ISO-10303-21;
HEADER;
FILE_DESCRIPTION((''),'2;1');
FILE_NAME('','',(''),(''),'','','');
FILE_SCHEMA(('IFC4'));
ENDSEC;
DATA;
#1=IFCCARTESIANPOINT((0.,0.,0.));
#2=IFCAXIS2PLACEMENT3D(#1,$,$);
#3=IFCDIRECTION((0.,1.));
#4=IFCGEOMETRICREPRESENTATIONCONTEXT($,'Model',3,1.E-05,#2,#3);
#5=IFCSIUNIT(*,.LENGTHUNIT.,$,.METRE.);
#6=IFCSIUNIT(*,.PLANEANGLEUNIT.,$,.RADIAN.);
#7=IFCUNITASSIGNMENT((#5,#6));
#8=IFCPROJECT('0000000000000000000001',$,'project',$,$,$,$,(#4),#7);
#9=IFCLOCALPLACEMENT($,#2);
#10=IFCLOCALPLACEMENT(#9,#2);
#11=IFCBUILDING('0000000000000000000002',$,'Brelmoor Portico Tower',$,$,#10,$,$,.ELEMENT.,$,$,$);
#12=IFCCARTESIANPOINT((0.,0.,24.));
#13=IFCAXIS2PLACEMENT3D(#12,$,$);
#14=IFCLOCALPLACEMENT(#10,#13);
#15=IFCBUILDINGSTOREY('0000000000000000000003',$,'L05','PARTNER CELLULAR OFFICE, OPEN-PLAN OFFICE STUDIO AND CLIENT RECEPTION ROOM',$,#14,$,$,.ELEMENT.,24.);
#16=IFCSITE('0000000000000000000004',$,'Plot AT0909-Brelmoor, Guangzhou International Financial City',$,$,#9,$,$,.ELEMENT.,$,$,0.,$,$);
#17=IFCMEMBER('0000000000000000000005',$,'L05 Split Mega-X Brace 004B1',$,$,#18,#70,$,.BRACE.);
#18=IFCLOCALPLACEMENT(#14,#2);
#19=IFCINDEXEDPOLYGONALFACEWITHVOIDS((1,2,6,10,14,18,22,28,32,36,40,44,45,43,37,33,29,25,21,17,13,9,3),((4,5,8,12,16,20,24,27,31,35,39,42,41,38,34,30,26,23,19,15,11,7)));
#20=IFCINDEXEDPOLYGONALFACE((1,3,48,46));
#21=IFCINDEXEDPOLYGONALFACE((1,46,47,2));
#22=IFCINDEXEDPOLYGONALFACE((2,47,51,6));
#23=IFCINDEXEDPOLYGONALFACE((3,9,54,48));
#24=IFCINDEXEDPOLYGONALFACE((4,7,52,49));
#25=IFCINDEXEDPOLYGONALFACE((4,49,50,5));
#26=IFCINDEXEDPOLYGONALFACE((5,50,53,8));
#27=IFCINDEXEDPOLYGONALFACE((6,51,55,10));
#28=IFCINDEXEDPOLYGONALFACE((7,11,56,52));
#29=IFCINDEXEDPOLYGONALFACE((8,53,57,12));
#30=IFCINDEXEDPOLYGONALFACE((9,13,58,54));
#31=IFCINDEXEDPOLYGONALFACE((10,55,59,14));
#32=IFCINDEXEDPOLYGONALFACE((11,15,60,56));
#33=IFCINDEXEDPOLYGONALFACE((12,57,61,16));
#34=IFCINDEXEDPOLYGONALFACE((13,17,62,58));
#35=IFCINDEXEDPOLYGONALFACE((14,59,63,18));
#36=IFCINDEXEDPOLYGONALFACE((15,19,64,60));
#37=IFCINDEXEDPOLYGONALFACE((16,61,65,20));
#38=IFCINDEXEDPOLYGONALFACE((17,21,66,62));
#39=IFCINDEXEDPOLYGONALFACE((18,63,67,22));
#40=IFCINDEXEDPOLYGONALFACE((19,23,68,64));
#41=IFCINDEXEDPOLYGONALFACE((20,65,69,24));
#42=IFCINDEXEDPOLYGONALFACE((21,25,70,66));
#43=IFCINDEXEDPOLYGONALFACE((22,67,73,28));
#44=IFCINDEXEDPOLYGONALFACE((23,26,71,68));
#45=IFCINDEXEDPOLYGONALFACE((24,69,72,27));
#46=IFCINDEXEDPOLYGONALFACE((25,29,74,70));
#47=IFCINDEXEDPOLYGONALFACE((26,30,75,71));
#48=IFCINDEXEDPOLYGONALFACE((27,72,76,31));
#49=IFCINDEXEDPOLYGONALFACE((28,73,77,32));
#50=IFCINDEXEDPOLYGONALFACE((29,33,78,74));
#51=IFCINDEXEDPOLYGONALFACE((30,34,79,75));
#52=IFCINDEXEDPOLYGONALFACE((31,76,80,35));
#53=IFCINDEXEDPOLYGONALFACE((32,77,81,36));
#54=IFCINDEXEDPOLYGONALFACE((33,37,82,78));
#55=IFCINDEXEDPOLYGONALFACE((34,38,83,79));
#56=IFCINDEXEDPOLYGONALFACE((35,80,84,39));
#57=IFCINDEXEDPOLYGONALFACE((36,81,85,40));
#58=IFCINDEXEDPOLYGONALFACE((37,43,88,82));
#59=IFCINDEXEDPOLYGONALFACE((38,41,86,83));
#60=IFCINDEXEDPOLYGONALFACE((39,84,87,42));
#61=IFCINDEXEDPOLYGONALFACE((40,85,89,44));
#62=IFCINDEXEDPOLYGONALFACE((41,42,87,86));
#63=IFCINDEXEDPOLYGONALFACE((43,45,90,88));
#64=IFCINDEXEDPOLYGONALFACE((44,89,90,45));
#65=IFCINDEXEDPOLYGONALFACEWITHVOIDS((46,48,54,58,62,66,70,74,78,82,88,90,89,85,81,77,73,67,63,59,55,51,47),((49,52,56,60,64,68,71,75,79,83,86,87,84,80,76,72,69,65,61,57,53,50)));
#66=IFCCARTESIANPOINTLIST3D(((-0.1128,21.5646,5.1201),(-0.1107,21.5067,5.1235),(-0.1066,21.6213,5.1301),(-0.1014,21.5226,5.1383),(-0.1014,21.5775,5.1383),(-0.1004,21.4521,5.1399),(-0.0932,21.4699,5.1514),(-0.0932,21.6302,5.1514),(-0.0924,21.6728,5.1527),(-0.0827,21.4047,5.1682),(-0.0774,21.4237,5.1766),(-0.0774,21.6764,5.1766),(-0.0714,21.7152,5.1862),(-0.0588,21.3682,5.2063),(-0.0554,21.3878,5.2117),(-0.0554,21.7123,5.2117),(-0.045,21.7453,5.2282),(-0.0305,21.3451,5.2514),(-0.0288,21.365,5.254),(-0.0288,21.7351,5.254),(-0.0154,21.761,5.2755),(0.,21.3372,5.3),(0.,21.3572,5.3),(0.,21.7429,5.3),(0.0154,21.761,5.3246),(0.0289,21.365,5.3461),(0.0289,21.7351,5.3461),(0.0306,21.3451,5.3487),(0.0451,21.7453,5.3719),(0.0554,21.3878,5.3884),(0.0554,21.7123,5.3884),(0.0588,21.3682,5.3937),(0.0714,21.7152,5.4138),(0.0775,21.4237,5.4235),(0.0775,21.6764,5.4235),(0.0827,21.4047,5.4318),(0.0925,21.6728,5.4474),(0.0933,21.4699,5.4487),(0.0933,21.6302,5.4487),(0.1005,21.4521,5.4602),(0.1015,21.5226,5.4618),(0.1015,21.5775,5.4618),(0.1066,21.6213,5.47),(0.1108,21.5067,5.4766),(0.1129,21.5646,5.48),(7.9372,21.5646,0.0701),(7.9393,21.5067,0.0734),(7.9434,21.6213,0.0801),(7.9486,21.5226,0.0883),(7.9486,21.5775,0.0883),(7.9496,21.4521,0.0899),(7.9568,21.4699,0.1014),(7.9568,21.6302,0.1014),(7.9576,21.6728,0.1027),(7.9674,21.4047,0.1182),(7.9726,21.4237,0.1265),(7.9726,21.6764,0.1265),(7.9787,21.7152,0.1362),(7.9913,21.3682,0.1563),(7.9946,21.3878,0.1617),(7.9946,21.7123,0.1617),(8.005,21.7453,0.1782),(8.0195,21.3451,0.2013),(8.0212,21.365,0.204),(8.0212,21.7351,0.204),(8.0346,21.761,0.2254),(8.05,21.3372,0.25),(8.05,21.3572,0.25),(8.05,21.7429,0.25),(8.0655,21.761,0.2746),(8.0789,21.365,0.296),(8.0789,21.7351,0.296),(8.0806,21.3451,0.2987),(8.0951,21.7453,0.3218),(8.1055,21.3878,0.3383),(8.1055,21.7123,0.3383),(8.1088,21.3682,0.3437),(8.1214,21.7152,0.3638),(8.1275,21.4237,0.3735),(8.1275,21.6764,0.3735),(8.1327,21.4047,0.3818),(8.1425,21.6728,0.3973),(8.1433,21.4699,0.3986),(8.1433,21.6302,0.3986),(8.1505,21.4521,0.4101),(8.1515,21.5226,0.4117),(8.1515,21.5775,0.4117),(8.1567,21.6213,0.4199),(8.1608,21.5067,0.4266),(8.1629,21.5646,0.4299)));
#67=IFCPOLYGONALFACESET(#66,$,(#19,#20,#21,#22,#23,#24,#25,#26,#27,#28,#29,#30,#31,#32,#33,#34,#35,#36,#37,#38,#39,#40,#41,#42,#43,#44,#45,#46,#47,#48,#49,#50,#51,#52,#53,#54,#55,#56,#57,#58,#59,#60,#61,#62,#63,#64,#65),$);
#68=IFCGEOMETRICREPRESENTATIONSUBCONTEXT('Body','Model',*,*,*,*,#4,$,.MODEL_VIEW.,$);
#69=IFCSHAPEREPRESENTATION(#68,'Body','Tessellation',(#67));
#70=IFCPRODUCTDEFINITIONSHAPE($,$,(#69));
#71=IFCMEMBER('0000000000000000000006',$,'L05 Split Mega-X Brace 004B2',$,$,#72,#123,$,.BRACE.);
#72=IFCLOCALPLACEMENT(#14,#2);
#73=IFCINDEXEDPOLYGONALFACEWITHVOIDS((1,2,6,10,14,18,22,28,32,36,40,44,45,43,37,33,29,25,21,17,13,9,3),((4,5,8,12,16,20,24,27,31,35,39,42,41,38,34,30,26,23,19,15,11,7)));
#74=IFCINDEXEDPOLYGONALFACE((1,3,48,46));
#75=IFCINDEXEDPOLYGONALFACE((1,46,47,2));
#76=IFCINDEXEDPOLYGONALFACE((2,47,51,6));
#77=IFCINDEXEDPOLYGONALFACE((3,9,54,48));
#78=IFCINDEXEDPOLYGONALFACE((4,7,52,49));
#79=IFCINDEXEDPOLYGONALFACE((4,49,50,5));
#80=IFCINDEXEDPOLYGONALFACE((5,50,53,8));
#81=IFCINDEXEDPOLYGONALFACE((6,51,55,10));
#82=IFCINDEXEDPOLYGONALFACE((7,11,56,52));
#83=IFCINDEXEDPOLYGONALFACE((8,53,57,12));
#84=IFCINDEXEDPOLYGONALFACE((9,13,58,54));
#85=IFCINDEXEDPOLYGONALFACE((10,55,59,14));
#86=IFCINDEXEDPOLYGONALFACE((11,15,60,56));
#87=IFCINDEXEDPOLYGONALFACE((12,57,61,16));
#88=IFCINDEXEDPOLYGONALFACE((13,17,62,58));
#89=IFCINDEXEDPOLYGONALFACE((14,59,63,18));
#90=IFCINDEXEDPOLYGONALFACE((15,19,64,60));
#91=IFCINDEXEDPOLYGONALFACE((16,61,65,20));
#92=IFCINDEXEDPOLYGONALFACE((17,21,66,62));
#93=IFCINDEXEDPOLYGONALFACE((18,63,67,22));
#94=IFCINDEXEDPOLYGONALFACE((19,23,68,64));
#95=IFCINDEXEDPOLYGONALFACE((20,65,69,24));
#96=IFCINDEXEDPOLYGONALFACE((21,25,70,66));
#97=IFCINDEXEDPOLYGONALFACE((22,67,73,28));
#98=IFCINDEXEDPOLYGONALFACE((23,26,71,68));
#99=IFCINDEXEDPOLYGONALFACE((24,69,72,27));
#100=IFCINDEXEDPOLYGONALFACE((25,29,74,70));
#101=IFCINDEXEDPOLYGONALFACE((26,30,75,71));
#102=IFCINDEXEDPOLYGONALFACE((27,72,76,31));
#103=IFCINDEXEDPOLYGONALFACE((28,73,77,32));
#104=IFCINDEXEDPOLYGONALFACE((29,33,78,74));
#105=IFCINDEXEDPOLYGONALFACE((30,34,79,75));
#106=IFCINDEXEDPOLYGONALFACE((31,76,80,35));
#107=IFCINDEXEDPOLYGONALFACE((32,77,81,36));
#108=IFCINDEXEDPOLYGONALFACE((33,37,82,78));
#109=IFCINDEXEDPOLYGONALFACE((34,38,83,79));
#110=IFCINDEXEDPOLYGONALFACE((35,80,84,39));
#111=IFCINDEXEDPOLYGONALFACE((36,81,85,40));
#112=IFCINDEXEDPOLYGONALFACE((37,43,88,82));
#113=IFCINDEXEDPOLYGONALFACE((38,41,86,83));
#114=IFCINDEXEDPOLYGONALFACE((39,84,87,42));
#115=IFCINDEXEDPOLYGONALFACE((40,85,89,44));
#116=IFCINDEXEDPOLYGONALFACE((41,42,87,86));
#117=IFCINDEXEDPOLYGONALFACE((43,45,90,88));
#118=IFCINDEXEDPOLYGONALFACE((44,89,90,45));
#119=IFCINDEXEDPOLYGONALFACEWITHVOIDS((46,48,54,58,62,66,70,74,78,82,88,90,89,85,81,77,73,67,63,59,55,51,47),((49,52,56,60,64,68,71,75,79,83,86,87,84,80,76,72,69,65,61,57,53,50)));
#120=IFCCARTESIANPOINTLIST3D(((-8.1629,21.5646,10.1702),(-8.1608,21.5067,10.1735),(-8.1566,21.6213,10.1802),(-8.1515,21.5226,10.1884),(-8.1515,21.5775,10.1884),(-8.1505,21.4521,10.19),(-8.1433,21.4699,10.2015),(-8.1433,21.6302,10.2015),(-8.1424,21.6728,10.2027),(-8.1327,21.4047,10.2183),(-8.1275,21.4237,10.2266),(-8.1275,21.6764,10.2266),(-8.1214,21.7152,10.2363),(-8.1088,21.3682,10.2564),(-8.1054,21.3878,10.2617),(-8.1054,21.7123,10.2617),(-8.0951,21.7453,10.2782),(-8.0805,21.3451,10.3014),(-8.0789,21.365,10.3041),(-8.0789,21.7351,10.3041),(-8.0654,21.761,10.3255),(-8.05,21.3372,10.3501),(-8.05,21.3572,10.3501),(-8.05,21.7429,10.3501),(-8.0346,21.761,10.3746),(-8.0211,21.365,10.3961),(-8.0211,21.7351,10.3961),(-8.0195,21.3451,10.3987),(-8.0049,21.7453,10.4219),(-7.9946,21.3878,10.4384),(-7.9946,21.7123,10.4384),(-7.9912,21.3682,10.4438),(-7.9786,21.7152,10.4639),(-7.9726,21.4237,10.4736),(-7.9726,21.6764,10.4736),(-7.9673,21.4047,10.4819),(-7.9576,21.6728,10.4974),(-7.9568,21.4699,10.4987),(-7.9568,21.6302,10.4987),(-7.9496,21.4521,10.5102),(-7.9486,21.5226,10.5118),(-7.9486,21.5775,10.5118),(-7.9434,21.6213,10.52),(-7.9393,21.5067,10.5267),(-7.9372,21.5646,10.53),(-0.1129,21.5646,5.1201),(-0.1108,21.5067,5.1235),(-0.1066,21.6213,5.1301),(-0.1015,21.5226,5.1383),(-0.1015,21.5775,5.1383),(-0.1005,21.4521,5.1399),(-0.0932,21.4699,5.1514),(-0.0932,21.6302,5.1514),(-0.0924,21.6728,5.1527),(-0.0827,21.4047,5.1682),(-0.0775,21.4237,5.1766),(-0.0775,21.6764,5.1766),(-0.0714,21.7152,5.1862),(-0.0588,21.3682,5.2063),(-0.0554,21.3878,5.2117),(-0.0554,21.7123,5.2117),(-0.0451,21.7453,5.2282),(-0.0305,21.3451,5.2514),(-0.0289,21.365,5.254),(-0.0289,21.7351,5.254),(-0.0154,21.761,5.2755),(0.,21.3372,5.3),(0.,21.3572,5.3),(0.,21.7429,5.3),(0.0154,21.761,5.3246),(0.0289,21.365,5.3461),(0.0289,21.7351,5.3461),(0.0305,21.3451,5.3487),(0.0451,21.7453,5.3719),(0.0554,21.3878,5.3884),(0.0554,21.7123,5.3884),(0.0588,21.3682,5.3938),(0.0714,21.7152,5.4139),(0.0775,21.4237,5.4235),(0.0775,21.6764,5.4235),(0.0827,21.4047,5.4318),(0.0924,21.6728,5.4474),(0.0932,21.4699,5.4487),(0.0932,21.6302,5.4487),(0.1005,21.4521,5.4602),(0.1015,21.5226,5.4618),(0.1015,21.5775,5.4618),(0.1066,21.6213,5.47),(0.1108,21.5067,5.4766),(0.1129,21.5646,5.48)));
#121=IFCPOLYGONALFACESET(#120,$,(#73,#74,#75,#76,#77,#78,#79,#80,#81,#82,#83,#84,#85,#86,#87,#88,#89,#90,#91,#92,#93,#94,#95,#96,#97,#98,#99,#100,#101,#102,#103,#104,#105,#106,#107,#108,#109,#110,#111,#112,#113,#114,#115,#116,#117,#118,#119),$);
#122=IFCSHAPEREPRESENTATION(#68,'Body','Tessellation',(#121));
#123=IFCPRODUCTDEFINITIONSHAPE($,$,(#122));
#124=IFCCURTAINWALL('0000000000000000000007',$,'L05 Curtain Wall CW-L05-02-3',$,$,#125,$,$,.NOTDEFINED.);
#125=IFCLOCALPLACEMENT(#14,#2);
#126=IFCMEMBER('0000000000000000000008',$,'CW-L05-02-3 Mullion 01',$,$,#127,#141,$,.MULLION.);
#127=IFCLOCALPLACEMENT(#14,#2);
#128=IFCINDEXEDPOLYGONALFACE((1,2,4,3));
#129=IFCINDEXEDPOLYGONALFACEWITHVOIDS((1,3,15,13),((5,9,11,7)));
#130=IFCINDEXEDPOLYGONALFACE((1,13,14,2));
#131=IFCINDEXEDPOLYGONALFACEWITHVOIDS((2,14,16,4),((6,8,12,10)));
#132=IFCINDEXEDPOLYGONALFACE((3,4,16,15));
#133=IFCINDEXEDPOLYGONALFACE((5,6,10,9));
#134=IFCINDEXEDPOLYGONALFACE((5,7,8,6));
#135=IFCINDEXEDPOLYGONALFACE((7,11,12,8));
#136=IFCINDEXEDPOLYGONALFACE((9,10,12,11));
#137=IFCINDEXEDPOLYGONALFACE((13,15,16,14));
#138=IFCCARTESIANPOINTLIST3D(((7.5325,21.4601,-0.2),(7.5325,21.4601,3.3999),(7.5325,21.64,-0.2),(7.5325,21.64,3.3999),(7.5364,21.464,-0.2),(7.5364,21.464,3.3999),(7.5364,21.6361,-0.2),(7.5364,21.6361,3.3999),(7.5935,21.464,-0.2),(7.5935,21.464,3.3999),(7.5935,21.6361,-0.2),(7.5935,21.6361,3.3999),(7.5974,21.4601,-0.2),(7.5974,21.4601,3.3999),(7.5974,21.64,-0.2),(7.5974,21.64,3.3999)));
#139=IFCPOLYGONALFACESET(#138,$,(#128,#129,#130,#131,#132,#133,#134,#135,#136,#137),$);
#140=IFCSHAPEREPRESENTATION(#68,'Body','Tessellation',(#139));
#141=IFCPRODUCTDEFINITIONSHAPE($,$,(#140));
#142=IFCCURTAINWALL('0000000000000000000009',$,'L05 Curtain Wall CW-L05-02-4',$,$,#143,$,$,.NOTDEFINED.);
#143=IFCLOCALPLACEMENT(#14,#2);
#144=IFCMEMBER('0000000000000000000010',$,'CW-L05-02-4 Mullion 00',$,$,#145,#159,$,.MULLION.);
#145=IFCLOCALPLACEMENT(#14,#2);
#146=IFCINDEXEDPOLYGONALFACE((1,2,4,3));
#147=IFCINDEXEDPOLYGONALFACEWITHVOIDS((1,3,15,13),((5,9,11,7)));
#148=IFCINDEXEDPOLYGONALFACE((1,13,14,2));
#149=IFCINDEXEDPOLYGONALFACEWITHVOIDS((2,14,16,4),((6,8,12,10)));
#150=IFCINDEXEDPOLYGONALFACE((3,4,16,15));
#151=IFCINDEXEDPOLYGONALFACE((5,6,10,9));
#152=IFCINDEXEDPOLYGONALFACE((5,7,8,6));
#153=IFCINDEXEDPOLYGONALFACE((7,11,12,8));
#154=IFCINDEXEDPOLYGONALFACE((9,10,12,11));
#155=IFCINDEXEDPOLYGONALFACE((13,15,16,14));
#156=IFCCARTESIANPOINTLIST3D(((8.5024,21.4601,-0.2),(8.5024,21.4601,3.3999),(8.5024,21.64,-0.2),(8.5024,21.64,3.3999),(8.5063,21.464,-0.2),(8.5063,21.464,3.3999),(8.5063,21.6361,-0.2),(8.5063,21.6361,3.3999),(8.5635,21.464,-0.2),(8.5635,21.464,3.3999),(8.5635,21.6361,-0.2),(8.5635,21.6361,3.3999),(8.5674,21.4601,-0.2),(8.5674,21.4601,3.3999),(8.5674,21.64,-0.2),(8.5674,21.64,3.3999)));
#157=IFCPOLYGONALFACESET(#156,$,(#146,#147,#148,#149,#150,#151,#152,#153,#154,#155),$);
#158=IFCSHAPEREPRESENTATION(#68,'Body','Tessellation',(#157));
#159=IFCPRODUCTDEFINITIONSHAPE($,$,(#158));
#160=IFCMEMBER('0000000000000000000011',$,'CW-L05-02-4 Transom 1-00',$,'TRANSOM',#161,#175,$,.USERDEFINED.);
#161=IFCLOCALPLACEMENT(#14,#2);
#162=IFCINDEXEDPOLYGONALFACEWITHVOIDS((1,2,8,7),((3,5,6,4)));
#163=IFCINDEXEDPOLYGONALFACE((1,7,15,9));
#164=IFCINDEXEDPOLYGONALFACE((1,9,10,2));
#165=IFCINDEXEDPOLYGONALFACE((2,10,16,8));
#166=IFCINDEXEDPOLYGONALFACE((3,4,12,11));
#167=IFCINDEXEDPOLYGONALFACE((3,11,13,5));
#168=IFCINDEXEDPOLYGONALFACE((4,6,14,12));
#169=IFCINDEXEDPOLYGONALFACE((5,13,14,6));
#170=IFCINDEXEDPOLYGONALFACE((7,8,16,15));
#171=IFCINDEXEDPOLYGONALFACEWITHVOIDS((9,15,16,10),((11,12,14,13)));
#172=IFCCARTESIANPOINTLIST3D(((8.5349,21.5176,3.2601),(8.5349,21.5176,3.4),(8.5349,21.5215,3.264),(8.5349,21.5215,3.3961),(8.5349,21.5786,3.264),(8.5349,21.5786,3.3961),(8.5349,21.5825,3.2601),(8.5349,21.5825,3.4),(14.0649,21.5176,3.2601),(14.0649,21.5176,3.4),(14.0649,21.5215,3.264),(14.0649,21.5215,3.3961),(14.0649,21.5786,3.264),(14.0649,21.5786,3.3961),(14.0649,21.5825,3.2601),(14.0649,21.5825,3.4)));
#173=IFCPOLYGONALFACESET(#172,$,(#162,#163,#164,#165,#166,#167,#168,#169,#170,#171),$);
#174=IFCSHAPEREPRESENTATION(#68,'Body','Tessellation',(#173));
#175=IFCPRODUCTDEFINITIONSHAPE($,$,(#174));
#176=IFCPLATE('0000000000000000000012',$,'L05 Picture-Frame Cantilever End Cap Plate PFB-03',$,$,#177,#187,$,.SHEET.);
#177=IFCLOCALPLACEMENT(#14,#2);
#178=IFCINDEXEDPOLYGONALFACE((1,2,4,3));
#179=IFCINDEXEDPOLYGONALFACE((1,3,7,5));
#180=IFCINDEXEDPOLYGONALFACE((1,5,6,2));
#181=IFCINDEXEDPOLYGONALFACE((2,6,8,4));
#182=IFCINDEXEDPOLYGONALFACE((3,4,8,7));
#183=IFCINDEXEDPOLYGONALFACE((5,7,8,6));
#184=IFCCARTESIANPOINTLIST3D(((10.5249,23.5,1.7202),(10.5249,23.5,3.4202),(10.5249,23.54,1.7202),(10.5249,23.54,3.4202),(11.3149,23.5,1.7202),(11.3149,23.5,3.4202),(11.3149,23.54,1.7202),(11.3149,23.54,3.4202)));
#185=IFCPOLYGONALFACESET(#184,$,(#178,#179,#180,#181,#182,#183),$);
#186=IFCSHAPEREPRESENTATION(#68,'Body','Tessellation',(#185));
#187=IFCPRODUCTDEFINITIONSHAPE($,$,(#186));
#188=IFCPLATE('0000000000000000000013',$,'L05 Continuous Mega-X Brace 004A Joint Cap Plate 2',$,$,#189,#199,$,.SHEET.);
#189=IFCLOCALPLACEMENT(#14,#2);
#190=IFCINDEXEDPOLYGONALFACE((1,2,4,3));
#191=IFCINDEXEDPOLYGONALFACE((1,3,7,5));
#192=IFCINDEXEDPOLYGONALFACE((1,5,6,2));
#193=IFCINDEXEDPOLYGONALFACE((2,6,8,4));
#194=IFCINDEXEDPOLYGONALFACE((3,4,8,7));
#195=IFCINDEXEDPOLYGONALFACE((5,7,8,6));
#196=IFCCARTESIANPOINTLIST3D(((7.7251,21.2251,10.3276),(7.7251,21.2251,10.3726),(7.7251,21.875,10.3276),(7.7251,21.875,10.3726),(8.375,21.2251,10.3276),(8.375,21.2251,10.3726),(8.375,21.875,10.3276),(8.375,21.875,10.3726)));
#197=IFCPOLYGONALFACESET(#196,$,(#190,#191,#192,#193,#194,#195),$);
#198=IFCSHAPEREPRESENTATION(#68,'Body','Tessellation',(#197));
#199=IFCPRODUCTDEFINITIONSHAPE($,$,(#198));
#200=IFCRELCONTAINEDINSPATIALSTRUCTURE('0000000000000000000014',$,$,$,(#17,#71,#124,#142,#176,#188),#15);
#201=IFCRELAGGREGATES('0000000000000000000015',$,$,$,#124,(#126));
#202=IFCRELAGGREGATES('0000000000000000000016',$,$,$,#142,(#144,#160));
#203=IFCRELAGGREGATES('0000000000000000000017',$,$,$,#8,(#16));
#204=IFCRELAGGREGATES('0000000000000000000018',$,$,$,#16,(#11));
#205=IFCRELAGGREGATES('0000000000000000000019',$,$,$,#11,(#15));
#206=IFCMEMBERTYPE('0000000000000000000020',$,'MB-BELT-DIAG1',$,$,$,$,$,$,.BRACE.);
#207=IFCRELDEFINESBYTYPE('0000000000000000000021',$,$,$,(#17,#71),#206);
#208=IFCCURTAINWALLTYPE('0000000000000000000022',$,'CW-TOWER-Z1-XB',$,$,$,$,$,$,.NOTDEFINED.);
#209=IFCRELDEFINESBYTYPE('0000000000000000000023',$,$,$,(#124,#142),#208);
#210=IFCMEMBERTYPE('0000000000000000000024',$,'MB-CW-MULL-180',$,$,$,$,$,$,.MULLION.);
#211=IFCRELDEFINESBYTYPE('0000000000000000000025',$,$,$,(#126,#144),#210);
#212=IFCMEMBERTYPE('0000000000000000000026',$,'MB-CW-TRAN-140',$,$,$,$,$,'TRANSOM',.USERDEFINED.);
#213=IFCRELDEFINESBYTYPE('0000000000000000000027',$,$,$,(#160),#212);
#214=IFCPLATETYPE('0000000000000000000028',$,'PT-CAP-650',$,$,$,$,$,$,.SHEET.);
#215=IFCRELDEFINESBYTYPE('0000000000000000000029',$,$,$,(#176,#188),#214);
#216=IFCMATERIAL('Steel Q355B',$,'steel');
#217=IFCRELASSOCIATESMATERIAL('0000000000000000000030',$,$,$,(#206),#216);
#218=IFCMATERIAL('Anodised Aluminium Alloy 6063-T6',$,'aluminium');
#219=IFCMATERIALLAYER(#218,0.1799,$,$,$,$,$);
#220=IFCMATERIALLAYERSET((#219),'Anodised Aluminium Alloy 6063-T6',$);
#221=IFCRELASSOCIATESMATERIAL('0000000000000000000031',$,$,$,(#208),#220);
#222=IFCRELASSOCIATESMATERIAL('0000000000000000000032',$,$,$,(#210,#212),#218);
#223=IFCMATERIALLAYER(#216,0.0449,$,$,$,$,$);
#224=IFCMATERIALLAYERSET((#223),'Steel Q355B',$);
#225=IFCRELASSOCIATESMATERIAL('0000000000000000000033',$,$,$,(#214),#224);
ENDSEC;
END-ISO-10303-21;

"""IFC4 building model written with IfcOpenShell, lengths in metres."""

from ifc_helpers import new_model, si_unit, direction, frame, origin, origin_2d, place, context, subcontext, project, spatial, rectangle, hollow_rectangle, hollow_circle, extrude, material, layer, layer_set, material_profile, profile_set, type_object, element, aggregate, save


model = new_model("IFC4")

# Units and contexts
model_context = context("Model", 3, precision=1e-05, world=origin(), true_north=direction((0.0, 1.0)))
body_context = subcontext(model_context, "Body", "Model", "MODEL_VIEW")
ifc_project = project(units=[si_unit("LENGTHUNIT", "METRE"), si_unit("PLANEANGLEUNIT", "RADIAN")], contexts=[model_context])

# Site, building, storey
site_placement = place(None, origin())
site = spatial("IfcSite", under=ifc_project, at=site_placement, Name="Plot AT0909-Brelmoor, Guangzhou International Financial City", CompositionType="ELEMENT", RefElevation=0.0)
building_placement = place(site_placement, origin())
building = spatial("IfcBuilding", under=site, at=building_placement, Name="Brelmoor Portico Tower", CompositionType="ELEMENT")
storey_placement = place(building_placement, frame((0.0, 0.0, 24.0)))
storey = spatial("IfcBuildingStorey", under=building, at=storey_placement, Name="L05", Description="PARTNER CELLULAR OFFICE, OPEN-PLAN OFFICE STUDIO AND CLIENT RECEPTION ROOM", CompositionType="ELEMENT", Elevation=24.0)

# Shared definitions
ifc_material_1 = material(Name="Steel Q355B", Category="steel")

# Members
ifc_material_profile_1 = material_profile(ifc_material_1, hollow_circle(Radius=0.2129, WallThickness=0.02, at=origin_2d()), Name="CHS 426x20")
ifc_profile_set_1 = profile_set([ifc_material_profile_1], Name="Steel Q355B")
member_type_1 = type_object("IfcMemberType", Name="MB-BELT-DIAG1", PredefinedType="BRACE", material=ifc_profile_set_1)
for number, where, z_axis, x_axis, name in (
    (1, (8.05, 21.55, 0.25), (-0.847109, 0.0, 0.531418), (0.0, -1.0, 0.0), "L05 Split Mega-X Brace 004B1"),
    (2, (0.0, 21.55, 5.3), (-0.847109, 0.0, 0.531418), (0.0, -1.0, 0.0), "L05 Split Mega-X Brace 004B2"),
):
    element("IfcMember", number, at=place(storey_placement, frame(where, z_axis=z_axis, x_axis=x_axis)), inside=storey, type_object=member_type_1, Name=name, PredefinedType="BRACE", context=body_context, shape_type="SweptSolid", body=[
        extrude(hollow_circle(Radius=0.2129, WallThickness=0.02, at=origin_2d()), origin(), (0.0, 0.0, 1.0), 9.5029),
    ])

# Curtain wall, member
ifc_material_2 = material(Name="Anodised Aluminium Alloy 6063-T6", Category="aluminium")
ifc_layer_1 = layer(ifc_material_2, 0.1799)
ifc_layer_set_1 = layer_set([ifc_layer_1], Name="Anodised Aluminium Alloy 6063-T6")
curtain_wall_type = type_object("IfcCurtainWallType", Name="CW-TOWER-Z1-XB", PredefinedType="NOTDEFINED", material=ifc_layer_set_1)
curtain_wall_1_placement = place(storey_placement, origin())
curtain_wall_1 = element("IfcCurtainWall", 3, at=curtain_wall_1_placement, inside=storey, type_object=curtain_wall_type, Name="L05 Curtain Wall CW-L05-02-3", PredefinedType="NOTDEFINED")
ifc_material_profile_2 = material_profile(ifc_material_2, hollow_rectangle(XDim=0.0649, YDim=0.1799, WallThickness=0.0039, at=origin_2d()), Name="ALU MULLION 65x180")
ifc_profile_set_2 = profile_set([ifc_material_profile_2], Name="Anodised Aluminium Alloy 6063-T6")
member_type_2 = type_object("IfcMemberType", Name="MB-CW-MULL-180", PredefinedType="MULLION", material=ifc_profile_set_2)
member_1_placement = place(storey_placement, frame((7.5649, 21.55, -0.2), z_axis=(0.0, 0.0, 1.0), x_axis=(1.0, 0.0, 0.0)))
member_1 = element("IfcMember", 4, at=member_1_placement, type_object=member_type_2, Name="CW-L05-02-3 Mullion 01", PredefinedType="MULLION", context=body_context, shape_type="SweptSolid", body=[
    extrude(hollow_rectangle(XDim=0.0649, YDim=0.1799, WallThickness=0.0039, at=origin_2d()), origin(), (0.0, 0.0, 1.0), 3.5999),
])

# Curtain wall, members
curtain_wall_2_placement = place(storey_placement, origin())
curtain_wall_2 = element("IfcCurtainWall", 5, at=curtain_wall_2_placement, inside=storey, type_object=curtain_wall_type, Name="L05 Curtain Wall CW-L05-02-4", PredefinedType="NOTDEFINED")
member_2_placement = place(storey_placement, frame((8.5349, 21.55, -0.2), z_axis=(0.0, 0.0, 1.0), x_axis=(1.0, 0.0, 0.0)))
member_2 = element("IfcMember", 6, at=member_2_placement, type_object=member_type_2, Name="CW-L05-02-4 Mullion 00", PredefinedType="MULLION", context=body_context, shape_type="SweptSolid", body=[
    extrude(hollow_rectangle(XDim=0.0649, YDim=0.1799, WallThickness=0.0039, at=origin_2d()), origin(), (0.0, 0.0, 1.0), 3.5999),
])
ifc_material_profile_3 = material_profile(ifc_material_2, hollow_rectangle(XDim=0.0649, YDim=0.1399, WallThickness=0.0039, at=origin_2d()), Name="ALU TRANSOM 65x140")
ifc_profile_set_3 = profile_set([ifc_material_profile_3], Name="Anodised Aluminium Alloy 6063-T6")
member_type_3 = type_object("IfcMemberType", Name="MB-CW-TRAN-140", ElementType="TRANSOM", PredefinedType="USERDEFINED", material=ifc_profile_set_3)
member_3_placement = place(storey_placement, frame((8.5349, 21.55, 3.3301), z_axis=(1.0, 0.0, 0.0), x_axis=(0.0, 1.0, 0.0)))
member_3 = element("IfcMember", 7, at=member_3_placement, type_object=member_type_3, Name="CW-L05-02-4 Transom 1-00", ObjectType="TRANSOM", PredefinedType="USERDEFINED", context=body_context, shape_type="SweptSolid", body=[
    extrude(hollow_rectangle(XDim=0.0649, YDim=0.1399, WallThickness=0.0039, at=origin_2d()), origin(), (0.0, 0.0, 1.0), 5.53),
])

# Plates
ifc_layer_2 = layer(ifc_material_1, 0.0449)
ifc_layer_set_2 = layer_set([ifc_layer_2], Name="Steel Q355B")
plate_type_1 = type_object("IfcPlateType", Name="PT-CAP-650", PredefinedType="SHEET", material=ifc_layer_set_2)
plate_1_placement = place(storey_placement, frame((10.9199, 23.52, 1.7202), z_axis=(0.0, 0.0, 1.0), x_axis=(1.0, 0.0, 0.0)))
element("IfcPlate", 8, at=plate_1_placement, inside=storey, type_object=plate_type_1, Name="L05 Picture-Frame Cantilever End Cap Plate PFB-03", PredefinedType="SHEET", context=body_context, shape_type="SweptSolid", body=[
    extrude(rectangle(XDim=0.79, YDim=0.04, at=origin_2d()), origin(), (0.0, 0.0, 1.0), 1.7),
])
for number, where, z_axis, x_axis, name in (
    (9, (8.05, 21.55, 10.3276), (0.0, 0.0, 1.0), (1.0, 0.0, 0.0), "L05 Continuous Mega-X Brace 004A Joint Cap Plate 2"),
):
    element("IfcPlate", number, at=place(storey_placement, frame(where, z_axis=z_axis, x_axis=x_axis)), inside=storey, type_object=plate_type_1, Name=name, PredefinedType="SHEET", context=body_context, shape_type="SweptSolid", body=[
        extrude(rectangle(XDim=0.6499, YDim=0.6499, at=origin_2d()), origin(), (0.0, 0.0, 1.0), 0.0449),
    ])

aggregate(curtain_wall_1, [member_1])
aggregate(curtain_wall_2, [member_2, member_3])

save(model, "model.ifc")
